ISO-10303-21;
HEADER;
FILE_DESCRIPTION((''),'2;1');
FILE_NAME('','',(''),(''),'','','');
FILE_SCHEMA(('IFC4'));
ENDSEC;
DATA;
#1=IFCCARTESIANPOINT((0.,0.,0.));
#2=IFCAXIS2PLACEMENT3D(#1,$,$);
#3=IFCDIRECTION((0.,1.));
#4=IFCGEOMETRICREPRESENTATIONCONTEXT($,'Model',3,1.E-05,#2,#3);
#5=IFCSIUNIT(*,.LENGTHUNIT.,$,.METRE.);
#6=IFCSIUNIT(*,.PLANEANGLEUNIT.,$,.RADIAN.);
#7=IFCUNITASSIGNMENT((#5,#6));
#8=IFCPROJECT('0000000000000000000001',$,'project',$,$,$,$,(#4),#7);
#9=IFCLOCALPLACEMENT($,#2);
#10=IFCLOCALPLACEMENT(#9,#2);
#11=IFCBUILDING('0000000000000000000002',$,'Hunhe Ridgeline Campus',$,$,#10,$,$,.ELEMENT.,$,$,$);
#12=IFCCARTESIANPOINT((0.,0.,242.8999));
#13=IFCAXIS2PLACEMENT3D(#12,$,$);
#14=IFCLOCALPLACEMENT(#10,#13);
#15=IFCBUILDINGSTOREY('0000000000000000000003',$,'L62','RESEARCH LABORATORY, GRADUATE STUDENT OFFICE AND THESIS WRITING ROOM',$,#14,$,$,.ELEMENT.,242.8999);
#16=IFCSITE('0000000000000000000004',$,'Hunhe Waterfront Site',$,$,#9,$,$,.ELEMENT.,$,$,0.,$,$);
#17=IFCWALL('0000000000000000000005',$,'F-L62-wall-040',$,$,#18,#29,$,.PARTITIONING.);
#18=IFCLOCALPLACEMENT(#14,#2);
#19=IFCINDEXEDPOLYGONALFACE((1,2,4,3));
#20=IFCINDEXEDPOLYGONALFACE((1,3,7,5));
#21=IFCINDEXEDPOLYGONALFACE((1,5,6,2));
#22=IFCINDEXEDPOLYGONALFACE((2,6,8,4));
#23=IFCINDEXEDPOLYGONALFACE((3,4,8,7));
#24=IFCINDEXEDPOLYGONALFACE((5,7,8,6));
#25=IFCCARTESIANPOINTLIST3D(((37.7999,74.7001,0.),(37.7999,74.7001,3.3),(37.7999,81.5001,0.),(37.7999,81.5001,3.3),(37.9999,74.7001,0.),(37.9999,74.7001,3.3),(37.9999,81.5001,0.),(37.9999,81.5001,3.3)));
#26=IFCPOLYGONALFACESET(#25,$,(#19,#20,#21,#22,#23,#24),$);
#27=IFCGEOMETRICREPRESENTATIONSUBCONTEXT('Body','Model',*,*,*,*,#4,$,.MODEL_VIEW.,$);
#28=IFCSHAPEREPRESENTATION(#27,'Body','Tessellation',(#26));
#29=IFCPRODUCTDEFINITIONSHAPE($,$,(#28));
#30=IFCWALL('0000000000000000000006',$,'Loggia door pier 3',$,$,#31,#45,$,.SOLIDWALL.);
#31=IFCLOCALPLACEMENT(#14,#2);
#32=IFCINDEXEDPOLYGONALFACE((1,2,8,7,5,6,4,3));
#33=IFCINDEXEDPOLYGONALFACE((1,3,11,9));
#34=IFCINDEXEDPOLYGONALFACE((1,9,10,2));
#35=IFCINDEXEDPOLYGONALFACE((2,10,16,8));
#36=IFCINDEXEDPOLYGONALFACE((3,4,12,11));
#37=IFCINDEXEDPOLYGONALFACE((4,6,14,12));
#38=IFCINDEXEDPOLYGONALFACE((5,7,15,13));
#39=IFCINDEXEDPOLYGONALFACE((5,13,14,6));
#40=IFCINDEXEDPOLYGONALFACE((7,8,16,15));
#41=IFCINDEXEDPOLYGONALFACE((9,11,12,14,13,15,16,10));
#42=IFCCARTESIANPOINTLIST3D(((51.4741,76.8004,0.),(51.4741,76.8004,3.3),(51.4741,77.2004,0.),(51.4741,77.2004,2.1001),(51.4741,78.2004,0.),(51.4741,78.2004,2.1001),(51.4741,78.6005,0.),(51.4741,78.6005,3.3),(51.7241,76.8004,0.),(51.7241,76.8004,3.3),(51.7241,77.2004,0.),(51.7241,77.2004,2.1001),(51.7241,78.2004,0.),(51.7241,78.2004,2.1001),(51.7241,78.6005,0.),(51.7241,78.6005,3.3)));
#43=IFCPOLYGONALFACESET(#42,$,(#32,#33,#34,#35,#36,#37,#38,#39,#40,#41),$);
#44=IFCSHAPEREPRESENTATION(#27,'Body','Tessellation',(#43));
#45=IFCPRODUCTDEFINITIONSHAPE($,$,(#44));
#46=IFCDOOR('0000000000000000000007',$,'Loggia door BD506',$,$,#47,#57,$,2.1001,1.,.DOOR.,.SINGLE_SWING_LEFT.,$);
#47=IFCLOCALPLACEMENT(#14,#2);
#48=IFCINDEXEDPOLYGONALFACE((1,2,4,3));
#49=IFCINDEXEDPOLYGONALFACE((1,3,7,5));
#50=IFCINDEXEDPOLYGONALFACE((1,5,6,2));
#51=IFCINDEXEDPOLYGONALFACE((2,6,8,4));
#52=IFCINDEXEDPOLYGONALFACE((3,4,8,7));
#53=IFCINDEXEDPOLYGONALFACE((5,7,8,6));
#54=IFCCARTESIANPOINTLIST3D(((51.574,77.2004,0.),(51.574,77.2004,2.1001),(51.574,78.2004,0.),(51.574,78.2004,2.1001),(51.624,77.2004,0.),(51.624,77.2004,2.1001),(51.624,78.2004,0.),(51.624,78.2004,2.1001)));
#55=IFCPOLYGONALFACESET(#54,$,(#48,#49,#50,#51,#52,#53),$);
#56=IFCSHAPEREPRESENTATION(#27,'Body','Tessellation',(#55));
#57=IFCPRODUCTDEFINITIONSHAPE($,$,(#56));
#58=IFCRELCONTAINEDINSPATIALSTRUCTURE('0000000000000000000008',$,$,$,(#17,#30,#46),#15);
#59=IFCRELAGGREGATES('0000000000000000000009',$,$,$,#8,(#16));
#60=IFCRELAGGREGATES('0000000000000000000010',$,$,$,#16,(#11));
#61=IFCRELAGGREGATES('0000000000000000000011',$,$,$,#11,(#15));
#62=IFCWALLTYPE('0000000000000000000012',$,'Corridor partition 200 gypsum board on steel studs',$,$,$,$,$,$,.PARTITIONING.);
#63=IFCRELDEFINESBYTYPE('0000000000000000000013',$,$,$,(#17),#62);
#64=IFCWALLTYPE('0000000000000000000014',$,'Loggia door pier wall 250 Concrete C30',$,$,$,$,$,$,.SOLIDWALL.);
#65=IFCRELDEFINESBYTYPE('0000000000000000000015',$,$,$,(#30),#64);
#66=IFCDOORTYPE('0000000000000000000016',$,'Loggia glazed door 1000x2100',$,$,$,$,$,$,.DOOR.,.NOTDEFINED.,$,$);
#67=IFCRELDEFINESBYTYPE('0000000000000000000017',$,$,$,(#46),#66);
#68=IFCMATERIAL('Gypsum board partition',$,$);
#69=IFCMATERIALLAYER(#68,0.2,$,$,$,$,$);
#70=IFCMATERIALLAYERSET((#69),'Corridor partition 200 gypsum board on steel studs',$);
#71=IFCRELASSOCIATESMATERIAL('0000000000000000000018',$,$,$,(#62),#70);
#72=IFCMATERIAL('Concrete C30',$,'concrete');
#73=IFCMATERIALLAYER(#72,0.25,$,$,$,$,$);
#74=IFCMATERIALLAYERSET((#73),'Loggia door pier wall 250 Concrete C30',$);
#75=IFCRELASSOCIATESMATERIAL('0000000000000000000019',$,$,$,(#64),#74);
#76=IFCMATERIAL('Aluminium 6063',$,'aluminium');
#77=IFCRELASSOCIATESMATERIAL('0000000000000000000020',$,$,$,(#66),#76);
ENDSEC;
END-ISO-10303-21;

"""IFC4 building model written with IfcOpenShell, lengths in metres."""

from ifc_helpers import new_model, si_unit, direction, frame, frame_2d, origin, place, context, subcontext, project, spatial, rectangle, extrude, material, layer, layer_set, type_object, element, fill, save


model = new_model("IFC4")

# Units and contexts
model_context = context("Model", 3, precision=1e-05, world=origin(), true_north=direction((0.0, 1.0)))
body_context = subcontext(model_context, "Body", "Model", "MODEL_VIEW")
ifc_project = project(units=[si_unit("LENGTHUNIT", "METRE"), si_unit("PLANEANGLEUNIT", "RADIAN")], contexts=[model_context])

# Site, building, storey
site_placement = place(None, origin())
site = spatial("IfcSite", under=ifc_project, at=site_placement, Name="Hunhe Waterfront Site", CompositionType="ELEMENT", RefElevation=0.0)
building_placement = place(site_placement, origin())
building = spatial("IfcBuilding", under=site, at=building_placement, Name="Hunhe Ridgeline Campus", CompositionType="ELEMENT")
storey_placement = place(building_placement, frame((0.0, 0.0, 242.8999)))
storey = spatial("IfcBuildingStorey", under=building, at=storey_placement, Name="L62", Description="RESEARCH LABORATORY, GRADUATE STUDENT OFFICE AND THESIS WRITING ROOM", CompositionType="ELEMENT", Elevation=242.8999)

# Shared definitions
ifc_material_1 = material(Name="Aluminium 6063", Category="aluminium")

# Shared definitions
ifc_material_2 = material(Name="Gypsum board partition")
ifc_layer_1 = layer(ifc_material_2, 0.2)
ifc_layer_set_1 = layer_set([ifc_layer_1], Name="Corridor partition 200 gypsum board on steel studs")
wall_type_1 = type_object("IfcWallType", Name="Corridor partition 200 gypsum board on steel studs", PredefinedType="PARTITIONING", material=ifc_layer_set_1)

# Wall
wall_1_placement = place(storey_placement, frame((37.8999, 81.5, 0.0), z_axis=(0.0, 0.0, 1.0), x_axis=(0.0, -1.0, 0.0)))
element("IfcWall", 1, at=wall_1_placement, inside=storey, type_object=wall_type_1, Name="F-L62-wall-040", PredefinedType="PARTITIONING", context=body_context, shape_type="SweptSolid", body=[
    extrude(rectangle(XDim=6.8, YDim=0.2, at=frame_2d((3.3999, 0.0))), origin(), (0.0, 0.0, 1.0), 3.3),
])

# Wall, opening, door
ifc_material_3 = material(Name="Concrete C30", Category="concrete")
ifc_layer_2 = layer(ifc_material_3, 0.25)
ifc_layer_set_2 = layer_set([ifc_layer_2], Name="Loggia door pier wall 250 Concrete C30")
wall_type_2 = type_object("IfcWallType", Name="Loggia door pier wall 250 Concrete C30", PredefinedType="SOLIDWALL", material=ifc_layer_set_2)
wall_2_placement = place(storey_placement, frame((51.5991, 76.8005, 0.0), z_axis=(0.0, 0.0, 1.0), x_axis=(0.0, 1.0, 0.0)))
wall_2 = element("IfcWall", 2, at=wall_2_placement, inside=storey, type_object=wall_type_2, Name="Loggia door pier 3", PredefinedType="SOLIDWALL", context=body_context, shape_type="SweptSolid", body=[
    extrude(rectangle(XDim=1.8, YDim=0.25, at=frame_2d((0.8999, 0.0))), origin(), (0.0, 0.0, 1.0), 3.3),
])
opening_1_placement = place(wall_2_placement, frame((0.3999, 0.0, 0.0)))
opening_1 = element("IfcOpeningElement", 3, at=opening_1_placement, cuts=wall_2, PredefinedType="OPENING", context=body_context, shape_type="SweptSolid", body=[
    extrude(rectangle(XDim=1.0, YDim=2.1001, at=frame_2d((0.5, 1.05))), frame((0.0, 0.125, 0.0), z_axis=(0.0, -1.0, 0.0), x_axis=(1.0, 0.0, 0.0)), (0.0, 0.0, 1.0), 0.25),
])
door_type_1 = type_object("IfcDoorType", Name="Loggia glazed door 1000x2100", OperationType="NOTDEFINED", PredefinedType="DOOR", material=ifc_material_1)
door_1_placement = place(opening_1_placement, frame((1.0, 0.0, 0.0), z_axis=(0.0, 0.0, 1.0), x_axis=(-1.0, 0.0, 0.0)))
door_1 = element("IfcDoor", 4, at=door_1_placement, inside=storey, type_object=door_type_1, Name="Loggia door BD506", OperationType="SINGLE_SWING_LEFT", OverallHeight=2.1001, OverallWidth=1.0, PredefinedType="DOOR", context=body_context, shape_type="SweptSolid", body=[
    extrude(rectangle(XDim=1.0, YDim=2.1001, at=frame_2d((0.5, 1.05))), frame((0.0, 0.0249, 0.0), z_axis=(0.0, -1.0, 0.0), x_axis=(1.0, 0.0, 0.0)), (0.0, 0.0, 1.0), 0.05),
])
fill(opening_1, door_1)

save(model, "model.ifc")
